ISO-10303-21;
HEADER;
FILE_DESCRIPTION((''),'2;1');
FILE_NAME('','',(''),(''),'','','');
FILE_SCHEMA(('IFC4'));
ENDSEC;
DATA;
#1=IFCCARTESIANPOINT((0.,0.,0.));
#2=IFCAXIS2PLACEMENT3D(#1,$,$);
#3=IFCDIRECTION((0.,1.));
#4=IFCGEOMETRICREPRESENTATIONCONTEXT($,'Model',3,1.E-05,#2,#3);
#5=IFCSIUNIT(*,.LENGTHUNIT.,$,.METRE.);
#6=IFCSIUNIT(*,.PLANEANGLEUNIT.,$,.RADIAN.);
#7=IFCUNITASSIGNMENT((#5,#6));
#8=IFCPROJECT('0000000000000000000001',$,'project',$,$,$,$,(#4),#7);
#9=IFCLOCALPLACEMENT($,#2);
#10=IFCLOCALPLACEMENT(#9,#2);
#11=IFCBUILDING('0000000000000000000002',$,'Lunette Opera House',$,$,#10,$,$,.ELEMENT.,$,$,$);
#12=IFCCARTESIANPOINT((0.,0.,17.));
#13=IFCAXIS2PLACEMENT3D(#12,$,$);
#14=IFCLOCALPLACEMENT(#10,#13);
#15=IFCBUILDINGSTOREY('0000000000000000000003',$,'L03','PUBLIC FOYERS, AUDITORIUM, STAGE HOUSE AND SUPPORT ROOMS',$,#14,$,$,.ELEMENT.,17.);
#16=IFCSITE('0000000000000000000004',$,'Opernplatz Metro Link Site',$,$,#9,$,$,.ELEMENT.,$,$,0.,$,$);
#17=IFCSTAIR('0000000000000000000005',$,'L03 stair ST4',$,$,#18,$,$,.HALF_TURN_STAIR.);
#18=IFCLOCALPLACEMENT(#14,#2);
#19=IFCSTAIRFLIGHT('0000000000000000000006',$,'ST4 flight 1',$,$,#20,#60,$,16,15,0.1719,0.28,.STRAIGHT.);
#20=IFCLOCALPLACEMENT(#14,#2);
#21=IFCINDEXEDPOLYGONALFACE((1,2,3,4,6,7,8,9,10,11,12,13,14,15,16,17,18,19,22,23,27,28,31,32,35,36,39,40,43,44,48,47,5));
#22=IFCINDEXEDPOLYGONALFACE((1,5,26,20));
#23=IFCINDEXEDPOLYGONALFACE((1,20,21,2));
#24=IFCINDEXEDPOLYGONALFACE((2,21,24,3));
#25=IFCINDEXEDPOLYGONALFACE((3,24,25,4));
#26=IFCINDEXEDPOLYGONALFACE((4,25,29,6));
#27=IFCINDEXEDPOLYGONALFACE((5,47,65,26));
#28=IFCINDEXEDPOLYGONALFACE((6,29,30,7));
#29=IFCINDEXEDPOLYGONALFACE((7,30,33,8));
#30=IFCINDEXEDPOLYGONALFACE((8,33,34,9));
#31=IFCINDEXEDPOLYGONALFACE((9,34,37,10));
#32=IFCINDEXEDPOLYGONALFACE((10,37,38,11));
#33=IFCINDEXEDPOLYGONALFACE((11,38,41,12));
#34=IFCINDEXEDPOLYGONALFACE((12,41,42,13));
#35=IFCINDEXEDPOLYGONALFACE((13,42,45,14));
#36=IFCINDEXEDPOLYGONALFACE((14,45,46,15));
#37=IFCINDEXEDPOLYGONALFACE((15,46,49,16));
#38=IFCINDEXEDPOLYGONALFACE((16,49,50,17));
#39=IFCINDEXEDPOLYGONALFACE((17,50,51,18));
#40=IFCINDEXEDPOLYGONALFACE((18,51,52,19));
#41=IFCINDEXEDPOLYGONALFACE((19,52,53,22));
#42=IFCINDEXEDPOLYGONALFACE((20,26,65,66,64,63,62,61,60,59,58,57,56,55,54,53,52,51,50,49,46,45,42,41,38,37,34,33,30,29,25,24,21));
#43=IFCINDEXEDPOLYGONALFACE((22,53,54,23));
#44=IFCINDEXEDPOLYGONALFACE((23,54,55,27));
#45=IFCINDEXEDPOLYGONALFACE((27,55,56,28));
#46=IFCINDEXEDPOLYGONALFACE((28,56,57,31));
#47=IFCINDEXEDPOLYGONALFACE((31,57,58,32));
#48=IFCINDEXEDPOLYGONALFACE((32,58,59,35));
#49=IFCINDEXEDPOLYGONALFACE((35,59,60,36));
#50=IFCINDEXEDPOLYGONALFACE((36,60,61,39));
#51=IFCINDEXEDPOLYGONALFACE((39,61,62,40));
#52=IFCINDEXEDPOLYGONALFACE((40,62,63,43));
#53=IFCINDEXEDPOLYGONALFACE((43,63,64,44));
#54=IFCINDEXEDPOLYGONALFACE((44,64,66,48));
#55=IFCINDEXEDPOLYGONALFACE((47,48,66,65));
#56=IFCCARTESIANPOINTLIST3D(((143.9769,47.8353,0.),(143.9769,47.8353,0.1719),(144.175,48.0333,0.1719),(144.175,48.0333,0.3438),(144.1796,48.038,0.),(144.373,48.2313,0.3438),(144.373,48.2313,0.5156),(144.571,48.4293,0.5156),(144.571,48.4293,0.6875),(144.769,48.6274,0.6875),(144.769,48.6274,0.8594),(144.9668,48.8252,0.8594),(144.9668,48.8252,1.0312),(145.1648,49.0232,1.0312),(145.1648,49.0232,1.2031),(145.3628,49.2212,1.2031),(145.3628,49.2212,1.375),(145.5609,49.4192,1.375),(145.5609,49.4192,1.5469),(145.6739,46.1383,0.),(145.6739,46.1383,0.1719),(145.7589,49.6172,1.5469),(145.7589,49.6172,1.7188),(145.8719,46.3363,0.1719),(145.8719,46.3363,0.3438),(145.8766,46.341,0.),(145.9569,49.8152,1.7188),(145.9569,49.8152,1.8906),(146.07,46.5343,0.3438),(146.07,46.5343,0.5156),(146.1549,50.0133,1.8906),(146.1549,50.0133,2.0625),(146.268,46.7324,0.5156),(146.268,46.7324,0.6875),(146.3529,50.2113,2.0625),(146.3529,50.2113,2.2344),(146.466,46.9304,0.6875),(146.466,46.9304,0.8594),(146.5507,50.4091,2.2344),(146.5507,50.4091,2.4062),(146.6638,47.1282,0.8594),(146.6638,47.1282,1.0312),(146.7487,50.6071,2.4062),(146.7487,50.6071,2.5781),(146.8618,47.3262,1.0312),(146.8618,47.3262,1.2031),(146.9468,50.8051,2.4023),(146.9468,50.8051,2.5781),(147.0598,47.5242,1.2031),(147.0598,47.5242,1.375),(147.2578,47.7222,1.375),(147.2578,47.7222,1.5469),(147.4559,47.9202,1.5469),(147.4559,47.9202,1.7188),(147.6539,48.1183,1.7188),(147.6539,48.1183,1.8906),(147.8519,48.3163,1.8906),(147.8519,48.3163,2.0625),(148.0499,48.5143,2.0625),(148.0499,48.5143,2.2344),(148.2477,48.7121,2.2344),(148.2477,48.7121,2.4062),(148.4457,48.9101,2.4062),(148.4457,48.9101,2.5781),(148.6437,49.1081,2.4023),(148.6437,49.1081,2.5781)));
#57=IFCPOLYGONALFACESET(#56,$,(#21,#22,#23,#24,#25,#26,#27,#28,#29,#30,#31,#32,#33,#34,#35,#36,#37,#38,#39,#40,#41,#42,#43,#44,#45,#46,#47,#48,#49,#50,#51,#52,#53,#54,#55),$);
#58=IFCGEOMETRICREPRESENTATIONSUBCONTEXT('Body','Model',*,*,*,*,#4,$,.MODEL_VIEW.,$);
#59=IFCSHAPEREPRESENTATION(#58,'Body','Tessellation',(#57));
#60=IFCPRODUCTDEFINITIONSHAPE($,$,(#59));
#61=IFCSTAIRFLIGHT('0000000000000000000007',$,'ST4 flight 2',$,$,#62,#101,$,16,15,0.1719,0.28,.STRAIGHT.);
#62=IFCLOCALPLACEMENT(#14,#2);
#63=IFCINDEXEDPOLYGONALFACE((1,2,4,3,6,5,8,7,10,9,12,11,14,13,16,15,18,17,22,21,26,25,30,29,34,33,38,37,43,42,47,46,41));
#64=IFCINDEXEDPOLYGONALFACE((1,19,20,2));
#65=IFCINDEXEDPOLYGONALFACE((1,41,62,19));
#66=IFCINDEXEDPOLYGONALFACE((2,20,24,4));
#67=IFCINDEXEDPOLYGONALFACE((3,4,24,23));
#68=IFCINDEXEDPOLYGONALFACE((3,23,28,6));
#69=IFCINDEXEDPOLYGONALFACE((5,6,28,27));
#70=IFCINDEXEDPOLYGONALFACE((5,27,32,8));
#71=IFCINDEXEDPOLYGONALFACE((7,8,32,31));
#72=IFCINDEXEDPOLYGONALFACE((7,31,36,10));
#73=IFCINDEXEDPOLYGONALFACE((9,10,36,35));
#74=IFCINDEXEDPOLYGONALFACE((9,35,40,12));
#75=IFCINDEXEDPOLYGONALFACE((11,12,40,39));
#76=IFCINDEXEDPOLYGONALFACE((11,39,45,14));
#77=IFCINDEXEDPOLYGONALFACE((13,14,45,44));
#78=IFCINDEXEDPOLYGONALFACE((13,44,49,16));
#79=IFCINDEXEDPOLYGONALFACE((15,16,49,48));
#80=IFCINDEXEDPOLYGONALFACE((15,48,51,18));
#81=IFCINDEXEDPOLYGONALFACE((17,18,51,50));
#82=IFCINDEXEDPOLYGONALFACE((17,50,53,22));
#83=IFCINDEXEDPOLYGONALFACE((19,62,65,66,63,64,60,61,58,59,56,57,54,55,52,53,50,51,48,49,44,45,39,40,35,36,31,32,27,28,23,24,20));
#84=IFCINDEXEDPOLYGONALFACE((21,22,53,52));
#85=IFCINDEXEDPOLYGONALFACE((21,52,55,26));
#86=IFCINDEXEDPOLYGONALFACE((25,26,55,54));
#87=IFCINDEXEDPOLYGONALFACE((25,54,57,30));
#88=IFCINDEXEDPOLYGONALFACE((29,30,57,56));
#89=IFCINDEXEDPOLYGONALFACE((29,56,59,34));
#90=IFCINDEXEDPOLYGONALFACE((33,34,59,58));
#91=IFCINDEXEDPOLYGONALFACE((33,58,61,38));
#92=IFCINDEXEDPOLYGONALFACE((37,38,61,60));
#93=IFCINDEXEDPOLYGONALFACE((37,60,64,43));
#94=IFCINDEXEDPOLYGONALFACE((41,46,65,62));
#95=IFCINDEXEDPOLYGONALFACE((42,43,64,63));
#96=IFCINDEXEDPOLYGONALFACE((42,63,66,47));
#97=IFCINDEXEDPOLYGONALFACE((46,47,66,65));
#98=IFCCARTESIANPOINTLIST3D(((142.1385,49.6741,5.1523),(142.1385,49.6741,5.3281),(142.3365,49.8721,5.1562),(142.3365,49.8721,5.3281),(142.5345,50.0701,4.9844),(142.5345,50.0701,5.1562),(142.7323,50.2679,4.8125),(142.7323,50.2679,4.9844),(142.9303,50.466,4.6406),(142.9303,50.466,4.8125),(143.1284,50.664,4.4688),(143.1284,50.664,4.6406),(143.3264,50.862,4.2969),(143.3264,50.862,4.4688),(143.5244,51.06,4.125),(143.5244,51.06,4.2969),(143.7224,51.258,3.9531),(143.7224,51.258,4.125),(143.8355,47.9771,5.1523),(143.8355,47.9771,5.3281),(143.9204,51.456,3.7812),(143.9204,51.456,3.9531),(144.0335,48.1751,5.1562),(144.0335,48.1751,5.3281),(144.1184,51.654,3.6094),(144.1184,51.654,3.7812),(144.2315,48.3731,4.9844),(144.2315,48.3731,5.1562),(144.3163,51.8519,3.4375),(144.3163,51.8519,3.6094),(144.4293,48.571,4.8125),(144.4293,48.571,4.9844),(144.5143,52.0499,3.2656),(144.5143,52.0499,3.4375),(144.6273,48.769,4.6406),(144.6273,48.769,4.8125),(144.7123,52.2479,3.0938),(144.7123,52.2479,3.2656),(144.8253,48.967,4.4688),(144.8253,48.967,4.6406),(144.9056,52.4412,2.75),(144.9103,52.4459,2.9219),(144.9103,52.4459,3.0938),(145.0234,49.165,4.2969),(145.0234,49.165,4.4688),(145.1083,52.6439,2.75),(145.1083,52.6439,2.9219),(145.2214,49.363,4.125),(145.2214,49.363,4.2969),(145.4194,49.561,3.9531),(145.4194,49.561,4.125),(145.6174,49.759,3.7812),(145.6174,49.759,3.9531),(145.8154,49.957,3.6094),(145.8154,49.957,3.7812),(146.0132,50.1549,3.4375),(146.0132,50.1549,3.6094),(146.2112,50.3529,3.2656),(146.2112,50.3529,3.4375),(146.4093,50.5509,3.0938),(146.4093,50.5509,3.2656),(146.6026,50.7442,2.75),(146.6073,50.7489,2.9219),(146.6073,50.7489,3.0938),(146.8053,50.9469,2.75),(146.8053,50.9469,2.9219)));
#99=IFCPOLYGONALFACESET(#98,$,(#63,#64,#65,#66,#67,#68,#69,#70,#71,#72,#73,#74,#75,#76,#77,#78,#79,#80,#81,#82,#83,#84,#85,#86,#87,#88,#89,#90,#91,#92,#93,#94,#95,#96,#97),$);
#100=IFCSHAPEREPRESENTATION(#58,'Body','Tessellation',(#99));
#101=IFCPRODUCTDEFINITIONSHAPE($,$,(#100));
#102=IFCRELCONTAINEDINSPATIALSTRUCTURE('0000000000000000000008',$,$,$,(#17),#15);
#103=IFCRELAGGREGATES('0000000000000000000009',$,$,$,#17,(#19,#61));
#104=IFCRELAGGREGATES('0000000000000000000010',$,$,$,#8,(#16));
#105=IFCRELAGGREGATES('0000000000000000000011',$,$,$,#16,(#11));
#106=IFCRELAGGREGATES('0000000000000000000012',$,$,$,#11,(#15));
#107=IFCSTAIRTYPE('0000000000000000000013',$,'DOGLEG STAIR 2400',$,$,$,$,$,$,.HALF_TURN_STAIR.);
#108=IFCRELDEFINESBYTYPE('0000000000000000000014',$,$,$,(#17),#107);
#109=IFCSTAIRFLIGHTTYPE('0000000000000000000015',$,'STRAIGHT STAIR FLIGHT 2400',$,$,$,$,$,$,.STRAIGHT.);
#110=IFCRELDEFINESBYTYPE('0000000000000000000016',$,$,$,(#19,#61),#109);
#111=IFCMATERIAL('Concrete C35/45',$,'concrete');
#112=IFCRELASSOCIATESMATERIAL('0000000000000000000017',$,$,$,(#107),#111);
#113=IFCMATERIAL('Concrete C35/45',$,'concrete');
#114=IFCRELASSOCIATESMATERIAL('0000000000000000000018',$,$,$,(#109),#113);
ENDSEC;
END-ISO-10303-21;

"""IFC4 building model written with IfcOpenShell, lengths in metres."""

from ifc_helpers import new_model, si_unit, direction, frame, origin, place, context, subcontext, project, spatial, polyline, outline, extrude, material, type_object, element, aggregate, save


model = new_model("IFC4")

# Units and contexts
model_context = context("Model", 3, precision=1e-05, world=origin(), true_north=direction((0.0, 1.0)))
body_context = subcontext(model_context, "Body", "Model", "MODEL_VIEW")
ifc_project = project(units=[si_unit("LENGTHUNIT", "METRE"), si_unit("PLANEANGLEUNIT", "RADIAN")], contexts=[model_context])

# Site, building, storey
site_placement = place(None, origin())
site = spatial("IfcSite", under=ifc_project, at=site_placement, Name="Opernplatz Metro Link Site", CompositionType="ELEMENT", RefElevation=0.0)
building_placement = place(site_placement, origin())
building = spatial("IfcBuilding", under=site, at=building_placement, Name="Lunette Opera House", CompositionType="ELEMENT")
storey_placement = place(building_placement, frame((0.0, 0.0, 17.0)))
storey = spatial("IfcBuildingStorey", under=building, at=storey_placement, Name="L03", Description="PUBLIC FOYERS, AUDITORIUM, STAGE HOUSE AND SUPPORT ROOMS", CompositionType="ELEMENT", Elevation=17.0)

# Stair, stair flights
ifc_material_1 = material(Name="Concrete C35/45", Category="concrete")
stair_type = type_object("IfcStairType", Name="DOGLEG STAIR 2400", PredefinedType="HALF_TURN_STAIR", material=ifc_material_1)
stair_placement = place(storey_placement, origin())
stair = element("IfcStair", 1, at=stair_placement, inside=storey, type_object=stair_type, Name="L03 stair ST4", PredefinedType="HALF_TURN_STAIR")
ifc_material_2 = material(Name="Concrete C35/45", Category="concrete")
stair_flight_type = type_object("IfcStairFlightType", Name="STRAIGHT STAIR FLIGHT 2400", PredefinedType="STRAIGHT", material=ifc_material_2)
stair_flight_1_placement = place(storey_placement, frame((144.8254, 46.9868, 0.0), z_axis=(0.0, 0.0, 1.0), x_axis=(0.707107, 0.707107, 0.0)))
stair_flight_1 = element("IfcStairFlight", 2, at=stair_flight_1_placement, type_object=stair_flight_type, Name="ST4 flight 1", NumberOfRisers=16, NumberOfTreads=15, PredefinedType="STRAIGHT", RiserHeight=0.1719, TreadLength=0.28, context=body_context, shape_type="SweptSolid", body=[
    extrude(outline(polyline([(0.0, 0.0), (0.0, 0.1719), (0.28, 0.1719), (0.28, 0.3438), (0.5601, 0.3438), (0.5601, 0.5156), (0.8401, 0.5156), (0.8401, 0.6875), (1.1201, 0.6875), (1.1201, 0.8594), (1.3999, 0.8594), (1.3999, 1.0312), (1.6799, 1.0312), (1.6799, 1.2031), (1.96, 1.2031), (1.96, 1.375), (2.24, 1.375), (2.24, 1.5469), (2.52, 1.5469), (2.52, 1.7188), (2.8, 1.7188), (2.8, 1.8906), (3.0801, 1.8906), (3.0801, 2.0625), (3.3601, 2.0625), (3.3601, 2.2344), (3.6399, 2.2344), (3.6399, 2.4062), (3.9199, 2.4062), (3.9199, 2.5781), (4.2, 2.5781), (4.2, 2.75), (4.2, 2.4023), (0.2866, 0.0), (0.0, 0.0)])), frame((0.0, 1.2, 0.0), z_axis=(0.0, -1.0, 0.0), x_axis=(1.0, 0.0, 0.0)), (0.0, 0.0, 1.0), 2.3999),
])
stair_flight_2_placement = place(storey_placement, frame((145.9568, 51.7954, 2.75), z_axis=(0.0, 0.0, 1.0), x_axis=(-0.707107, -0.707107, 0.0)))
stair_flight_2 = element("IfcStairFlight", 3, at=stair_flight_2_placement, type_object=stair_flight_type, Name="ST4 flight 2", NumberOfRisers=16, NumberOfTreads=15, PredefinedType="STRAIGHT", RiserHeight=0.1719, TreadLength=0.28, context=body_context, shape_type="SweptSolid", body=[
    extrude(outline(polyline([(0.0, 0.0), (0.0, 0.1719), (0.28, 0.1719), (0.28, 0.3438), (0.5601, 0.3438), (0.5601, 0.5156), (0.8401, 0.5156), (0.8401, 0.6875), (1.1201, 0.6875), (1.1201, 0.8594), (1.3999, 0.8594), (1.3999, 1.0312), (1.6799, 1.0312), (1.6799, 1.2031), (1.96, 1.2031), (1.96, 1.375), (2.24, 1.375), (2.24, 1.5469), (2.52, 1.5469), (2.52, 1.7188), (2.8, 1.7188), (2.8, 1.8906), (3.0801, 1.8906), (3.0801, 2.0625), (3.3601, 2.0625), (3.3601, 2.2344), (3.6399, 2.2344), (3.6399, 2.4062), (3.9199, 2.4062), (3.9199, 2.5781), (4.2, 2.5781), (4.2, 2.75), (4.2, 2.4023), (0.2866, 0.0), (0.0, 0.0)])), frame((0.0, 1.2, 0.0), z_axis=(0.0, -1.0, 0.0), x_axis=(1.0, 0.0, 0.0)), (0.0, 0.0, 1.0), 2.3999),
])
aggregate(stair, [stair_flight_1, stair_flight_2])

save(model, "model.ifc")
